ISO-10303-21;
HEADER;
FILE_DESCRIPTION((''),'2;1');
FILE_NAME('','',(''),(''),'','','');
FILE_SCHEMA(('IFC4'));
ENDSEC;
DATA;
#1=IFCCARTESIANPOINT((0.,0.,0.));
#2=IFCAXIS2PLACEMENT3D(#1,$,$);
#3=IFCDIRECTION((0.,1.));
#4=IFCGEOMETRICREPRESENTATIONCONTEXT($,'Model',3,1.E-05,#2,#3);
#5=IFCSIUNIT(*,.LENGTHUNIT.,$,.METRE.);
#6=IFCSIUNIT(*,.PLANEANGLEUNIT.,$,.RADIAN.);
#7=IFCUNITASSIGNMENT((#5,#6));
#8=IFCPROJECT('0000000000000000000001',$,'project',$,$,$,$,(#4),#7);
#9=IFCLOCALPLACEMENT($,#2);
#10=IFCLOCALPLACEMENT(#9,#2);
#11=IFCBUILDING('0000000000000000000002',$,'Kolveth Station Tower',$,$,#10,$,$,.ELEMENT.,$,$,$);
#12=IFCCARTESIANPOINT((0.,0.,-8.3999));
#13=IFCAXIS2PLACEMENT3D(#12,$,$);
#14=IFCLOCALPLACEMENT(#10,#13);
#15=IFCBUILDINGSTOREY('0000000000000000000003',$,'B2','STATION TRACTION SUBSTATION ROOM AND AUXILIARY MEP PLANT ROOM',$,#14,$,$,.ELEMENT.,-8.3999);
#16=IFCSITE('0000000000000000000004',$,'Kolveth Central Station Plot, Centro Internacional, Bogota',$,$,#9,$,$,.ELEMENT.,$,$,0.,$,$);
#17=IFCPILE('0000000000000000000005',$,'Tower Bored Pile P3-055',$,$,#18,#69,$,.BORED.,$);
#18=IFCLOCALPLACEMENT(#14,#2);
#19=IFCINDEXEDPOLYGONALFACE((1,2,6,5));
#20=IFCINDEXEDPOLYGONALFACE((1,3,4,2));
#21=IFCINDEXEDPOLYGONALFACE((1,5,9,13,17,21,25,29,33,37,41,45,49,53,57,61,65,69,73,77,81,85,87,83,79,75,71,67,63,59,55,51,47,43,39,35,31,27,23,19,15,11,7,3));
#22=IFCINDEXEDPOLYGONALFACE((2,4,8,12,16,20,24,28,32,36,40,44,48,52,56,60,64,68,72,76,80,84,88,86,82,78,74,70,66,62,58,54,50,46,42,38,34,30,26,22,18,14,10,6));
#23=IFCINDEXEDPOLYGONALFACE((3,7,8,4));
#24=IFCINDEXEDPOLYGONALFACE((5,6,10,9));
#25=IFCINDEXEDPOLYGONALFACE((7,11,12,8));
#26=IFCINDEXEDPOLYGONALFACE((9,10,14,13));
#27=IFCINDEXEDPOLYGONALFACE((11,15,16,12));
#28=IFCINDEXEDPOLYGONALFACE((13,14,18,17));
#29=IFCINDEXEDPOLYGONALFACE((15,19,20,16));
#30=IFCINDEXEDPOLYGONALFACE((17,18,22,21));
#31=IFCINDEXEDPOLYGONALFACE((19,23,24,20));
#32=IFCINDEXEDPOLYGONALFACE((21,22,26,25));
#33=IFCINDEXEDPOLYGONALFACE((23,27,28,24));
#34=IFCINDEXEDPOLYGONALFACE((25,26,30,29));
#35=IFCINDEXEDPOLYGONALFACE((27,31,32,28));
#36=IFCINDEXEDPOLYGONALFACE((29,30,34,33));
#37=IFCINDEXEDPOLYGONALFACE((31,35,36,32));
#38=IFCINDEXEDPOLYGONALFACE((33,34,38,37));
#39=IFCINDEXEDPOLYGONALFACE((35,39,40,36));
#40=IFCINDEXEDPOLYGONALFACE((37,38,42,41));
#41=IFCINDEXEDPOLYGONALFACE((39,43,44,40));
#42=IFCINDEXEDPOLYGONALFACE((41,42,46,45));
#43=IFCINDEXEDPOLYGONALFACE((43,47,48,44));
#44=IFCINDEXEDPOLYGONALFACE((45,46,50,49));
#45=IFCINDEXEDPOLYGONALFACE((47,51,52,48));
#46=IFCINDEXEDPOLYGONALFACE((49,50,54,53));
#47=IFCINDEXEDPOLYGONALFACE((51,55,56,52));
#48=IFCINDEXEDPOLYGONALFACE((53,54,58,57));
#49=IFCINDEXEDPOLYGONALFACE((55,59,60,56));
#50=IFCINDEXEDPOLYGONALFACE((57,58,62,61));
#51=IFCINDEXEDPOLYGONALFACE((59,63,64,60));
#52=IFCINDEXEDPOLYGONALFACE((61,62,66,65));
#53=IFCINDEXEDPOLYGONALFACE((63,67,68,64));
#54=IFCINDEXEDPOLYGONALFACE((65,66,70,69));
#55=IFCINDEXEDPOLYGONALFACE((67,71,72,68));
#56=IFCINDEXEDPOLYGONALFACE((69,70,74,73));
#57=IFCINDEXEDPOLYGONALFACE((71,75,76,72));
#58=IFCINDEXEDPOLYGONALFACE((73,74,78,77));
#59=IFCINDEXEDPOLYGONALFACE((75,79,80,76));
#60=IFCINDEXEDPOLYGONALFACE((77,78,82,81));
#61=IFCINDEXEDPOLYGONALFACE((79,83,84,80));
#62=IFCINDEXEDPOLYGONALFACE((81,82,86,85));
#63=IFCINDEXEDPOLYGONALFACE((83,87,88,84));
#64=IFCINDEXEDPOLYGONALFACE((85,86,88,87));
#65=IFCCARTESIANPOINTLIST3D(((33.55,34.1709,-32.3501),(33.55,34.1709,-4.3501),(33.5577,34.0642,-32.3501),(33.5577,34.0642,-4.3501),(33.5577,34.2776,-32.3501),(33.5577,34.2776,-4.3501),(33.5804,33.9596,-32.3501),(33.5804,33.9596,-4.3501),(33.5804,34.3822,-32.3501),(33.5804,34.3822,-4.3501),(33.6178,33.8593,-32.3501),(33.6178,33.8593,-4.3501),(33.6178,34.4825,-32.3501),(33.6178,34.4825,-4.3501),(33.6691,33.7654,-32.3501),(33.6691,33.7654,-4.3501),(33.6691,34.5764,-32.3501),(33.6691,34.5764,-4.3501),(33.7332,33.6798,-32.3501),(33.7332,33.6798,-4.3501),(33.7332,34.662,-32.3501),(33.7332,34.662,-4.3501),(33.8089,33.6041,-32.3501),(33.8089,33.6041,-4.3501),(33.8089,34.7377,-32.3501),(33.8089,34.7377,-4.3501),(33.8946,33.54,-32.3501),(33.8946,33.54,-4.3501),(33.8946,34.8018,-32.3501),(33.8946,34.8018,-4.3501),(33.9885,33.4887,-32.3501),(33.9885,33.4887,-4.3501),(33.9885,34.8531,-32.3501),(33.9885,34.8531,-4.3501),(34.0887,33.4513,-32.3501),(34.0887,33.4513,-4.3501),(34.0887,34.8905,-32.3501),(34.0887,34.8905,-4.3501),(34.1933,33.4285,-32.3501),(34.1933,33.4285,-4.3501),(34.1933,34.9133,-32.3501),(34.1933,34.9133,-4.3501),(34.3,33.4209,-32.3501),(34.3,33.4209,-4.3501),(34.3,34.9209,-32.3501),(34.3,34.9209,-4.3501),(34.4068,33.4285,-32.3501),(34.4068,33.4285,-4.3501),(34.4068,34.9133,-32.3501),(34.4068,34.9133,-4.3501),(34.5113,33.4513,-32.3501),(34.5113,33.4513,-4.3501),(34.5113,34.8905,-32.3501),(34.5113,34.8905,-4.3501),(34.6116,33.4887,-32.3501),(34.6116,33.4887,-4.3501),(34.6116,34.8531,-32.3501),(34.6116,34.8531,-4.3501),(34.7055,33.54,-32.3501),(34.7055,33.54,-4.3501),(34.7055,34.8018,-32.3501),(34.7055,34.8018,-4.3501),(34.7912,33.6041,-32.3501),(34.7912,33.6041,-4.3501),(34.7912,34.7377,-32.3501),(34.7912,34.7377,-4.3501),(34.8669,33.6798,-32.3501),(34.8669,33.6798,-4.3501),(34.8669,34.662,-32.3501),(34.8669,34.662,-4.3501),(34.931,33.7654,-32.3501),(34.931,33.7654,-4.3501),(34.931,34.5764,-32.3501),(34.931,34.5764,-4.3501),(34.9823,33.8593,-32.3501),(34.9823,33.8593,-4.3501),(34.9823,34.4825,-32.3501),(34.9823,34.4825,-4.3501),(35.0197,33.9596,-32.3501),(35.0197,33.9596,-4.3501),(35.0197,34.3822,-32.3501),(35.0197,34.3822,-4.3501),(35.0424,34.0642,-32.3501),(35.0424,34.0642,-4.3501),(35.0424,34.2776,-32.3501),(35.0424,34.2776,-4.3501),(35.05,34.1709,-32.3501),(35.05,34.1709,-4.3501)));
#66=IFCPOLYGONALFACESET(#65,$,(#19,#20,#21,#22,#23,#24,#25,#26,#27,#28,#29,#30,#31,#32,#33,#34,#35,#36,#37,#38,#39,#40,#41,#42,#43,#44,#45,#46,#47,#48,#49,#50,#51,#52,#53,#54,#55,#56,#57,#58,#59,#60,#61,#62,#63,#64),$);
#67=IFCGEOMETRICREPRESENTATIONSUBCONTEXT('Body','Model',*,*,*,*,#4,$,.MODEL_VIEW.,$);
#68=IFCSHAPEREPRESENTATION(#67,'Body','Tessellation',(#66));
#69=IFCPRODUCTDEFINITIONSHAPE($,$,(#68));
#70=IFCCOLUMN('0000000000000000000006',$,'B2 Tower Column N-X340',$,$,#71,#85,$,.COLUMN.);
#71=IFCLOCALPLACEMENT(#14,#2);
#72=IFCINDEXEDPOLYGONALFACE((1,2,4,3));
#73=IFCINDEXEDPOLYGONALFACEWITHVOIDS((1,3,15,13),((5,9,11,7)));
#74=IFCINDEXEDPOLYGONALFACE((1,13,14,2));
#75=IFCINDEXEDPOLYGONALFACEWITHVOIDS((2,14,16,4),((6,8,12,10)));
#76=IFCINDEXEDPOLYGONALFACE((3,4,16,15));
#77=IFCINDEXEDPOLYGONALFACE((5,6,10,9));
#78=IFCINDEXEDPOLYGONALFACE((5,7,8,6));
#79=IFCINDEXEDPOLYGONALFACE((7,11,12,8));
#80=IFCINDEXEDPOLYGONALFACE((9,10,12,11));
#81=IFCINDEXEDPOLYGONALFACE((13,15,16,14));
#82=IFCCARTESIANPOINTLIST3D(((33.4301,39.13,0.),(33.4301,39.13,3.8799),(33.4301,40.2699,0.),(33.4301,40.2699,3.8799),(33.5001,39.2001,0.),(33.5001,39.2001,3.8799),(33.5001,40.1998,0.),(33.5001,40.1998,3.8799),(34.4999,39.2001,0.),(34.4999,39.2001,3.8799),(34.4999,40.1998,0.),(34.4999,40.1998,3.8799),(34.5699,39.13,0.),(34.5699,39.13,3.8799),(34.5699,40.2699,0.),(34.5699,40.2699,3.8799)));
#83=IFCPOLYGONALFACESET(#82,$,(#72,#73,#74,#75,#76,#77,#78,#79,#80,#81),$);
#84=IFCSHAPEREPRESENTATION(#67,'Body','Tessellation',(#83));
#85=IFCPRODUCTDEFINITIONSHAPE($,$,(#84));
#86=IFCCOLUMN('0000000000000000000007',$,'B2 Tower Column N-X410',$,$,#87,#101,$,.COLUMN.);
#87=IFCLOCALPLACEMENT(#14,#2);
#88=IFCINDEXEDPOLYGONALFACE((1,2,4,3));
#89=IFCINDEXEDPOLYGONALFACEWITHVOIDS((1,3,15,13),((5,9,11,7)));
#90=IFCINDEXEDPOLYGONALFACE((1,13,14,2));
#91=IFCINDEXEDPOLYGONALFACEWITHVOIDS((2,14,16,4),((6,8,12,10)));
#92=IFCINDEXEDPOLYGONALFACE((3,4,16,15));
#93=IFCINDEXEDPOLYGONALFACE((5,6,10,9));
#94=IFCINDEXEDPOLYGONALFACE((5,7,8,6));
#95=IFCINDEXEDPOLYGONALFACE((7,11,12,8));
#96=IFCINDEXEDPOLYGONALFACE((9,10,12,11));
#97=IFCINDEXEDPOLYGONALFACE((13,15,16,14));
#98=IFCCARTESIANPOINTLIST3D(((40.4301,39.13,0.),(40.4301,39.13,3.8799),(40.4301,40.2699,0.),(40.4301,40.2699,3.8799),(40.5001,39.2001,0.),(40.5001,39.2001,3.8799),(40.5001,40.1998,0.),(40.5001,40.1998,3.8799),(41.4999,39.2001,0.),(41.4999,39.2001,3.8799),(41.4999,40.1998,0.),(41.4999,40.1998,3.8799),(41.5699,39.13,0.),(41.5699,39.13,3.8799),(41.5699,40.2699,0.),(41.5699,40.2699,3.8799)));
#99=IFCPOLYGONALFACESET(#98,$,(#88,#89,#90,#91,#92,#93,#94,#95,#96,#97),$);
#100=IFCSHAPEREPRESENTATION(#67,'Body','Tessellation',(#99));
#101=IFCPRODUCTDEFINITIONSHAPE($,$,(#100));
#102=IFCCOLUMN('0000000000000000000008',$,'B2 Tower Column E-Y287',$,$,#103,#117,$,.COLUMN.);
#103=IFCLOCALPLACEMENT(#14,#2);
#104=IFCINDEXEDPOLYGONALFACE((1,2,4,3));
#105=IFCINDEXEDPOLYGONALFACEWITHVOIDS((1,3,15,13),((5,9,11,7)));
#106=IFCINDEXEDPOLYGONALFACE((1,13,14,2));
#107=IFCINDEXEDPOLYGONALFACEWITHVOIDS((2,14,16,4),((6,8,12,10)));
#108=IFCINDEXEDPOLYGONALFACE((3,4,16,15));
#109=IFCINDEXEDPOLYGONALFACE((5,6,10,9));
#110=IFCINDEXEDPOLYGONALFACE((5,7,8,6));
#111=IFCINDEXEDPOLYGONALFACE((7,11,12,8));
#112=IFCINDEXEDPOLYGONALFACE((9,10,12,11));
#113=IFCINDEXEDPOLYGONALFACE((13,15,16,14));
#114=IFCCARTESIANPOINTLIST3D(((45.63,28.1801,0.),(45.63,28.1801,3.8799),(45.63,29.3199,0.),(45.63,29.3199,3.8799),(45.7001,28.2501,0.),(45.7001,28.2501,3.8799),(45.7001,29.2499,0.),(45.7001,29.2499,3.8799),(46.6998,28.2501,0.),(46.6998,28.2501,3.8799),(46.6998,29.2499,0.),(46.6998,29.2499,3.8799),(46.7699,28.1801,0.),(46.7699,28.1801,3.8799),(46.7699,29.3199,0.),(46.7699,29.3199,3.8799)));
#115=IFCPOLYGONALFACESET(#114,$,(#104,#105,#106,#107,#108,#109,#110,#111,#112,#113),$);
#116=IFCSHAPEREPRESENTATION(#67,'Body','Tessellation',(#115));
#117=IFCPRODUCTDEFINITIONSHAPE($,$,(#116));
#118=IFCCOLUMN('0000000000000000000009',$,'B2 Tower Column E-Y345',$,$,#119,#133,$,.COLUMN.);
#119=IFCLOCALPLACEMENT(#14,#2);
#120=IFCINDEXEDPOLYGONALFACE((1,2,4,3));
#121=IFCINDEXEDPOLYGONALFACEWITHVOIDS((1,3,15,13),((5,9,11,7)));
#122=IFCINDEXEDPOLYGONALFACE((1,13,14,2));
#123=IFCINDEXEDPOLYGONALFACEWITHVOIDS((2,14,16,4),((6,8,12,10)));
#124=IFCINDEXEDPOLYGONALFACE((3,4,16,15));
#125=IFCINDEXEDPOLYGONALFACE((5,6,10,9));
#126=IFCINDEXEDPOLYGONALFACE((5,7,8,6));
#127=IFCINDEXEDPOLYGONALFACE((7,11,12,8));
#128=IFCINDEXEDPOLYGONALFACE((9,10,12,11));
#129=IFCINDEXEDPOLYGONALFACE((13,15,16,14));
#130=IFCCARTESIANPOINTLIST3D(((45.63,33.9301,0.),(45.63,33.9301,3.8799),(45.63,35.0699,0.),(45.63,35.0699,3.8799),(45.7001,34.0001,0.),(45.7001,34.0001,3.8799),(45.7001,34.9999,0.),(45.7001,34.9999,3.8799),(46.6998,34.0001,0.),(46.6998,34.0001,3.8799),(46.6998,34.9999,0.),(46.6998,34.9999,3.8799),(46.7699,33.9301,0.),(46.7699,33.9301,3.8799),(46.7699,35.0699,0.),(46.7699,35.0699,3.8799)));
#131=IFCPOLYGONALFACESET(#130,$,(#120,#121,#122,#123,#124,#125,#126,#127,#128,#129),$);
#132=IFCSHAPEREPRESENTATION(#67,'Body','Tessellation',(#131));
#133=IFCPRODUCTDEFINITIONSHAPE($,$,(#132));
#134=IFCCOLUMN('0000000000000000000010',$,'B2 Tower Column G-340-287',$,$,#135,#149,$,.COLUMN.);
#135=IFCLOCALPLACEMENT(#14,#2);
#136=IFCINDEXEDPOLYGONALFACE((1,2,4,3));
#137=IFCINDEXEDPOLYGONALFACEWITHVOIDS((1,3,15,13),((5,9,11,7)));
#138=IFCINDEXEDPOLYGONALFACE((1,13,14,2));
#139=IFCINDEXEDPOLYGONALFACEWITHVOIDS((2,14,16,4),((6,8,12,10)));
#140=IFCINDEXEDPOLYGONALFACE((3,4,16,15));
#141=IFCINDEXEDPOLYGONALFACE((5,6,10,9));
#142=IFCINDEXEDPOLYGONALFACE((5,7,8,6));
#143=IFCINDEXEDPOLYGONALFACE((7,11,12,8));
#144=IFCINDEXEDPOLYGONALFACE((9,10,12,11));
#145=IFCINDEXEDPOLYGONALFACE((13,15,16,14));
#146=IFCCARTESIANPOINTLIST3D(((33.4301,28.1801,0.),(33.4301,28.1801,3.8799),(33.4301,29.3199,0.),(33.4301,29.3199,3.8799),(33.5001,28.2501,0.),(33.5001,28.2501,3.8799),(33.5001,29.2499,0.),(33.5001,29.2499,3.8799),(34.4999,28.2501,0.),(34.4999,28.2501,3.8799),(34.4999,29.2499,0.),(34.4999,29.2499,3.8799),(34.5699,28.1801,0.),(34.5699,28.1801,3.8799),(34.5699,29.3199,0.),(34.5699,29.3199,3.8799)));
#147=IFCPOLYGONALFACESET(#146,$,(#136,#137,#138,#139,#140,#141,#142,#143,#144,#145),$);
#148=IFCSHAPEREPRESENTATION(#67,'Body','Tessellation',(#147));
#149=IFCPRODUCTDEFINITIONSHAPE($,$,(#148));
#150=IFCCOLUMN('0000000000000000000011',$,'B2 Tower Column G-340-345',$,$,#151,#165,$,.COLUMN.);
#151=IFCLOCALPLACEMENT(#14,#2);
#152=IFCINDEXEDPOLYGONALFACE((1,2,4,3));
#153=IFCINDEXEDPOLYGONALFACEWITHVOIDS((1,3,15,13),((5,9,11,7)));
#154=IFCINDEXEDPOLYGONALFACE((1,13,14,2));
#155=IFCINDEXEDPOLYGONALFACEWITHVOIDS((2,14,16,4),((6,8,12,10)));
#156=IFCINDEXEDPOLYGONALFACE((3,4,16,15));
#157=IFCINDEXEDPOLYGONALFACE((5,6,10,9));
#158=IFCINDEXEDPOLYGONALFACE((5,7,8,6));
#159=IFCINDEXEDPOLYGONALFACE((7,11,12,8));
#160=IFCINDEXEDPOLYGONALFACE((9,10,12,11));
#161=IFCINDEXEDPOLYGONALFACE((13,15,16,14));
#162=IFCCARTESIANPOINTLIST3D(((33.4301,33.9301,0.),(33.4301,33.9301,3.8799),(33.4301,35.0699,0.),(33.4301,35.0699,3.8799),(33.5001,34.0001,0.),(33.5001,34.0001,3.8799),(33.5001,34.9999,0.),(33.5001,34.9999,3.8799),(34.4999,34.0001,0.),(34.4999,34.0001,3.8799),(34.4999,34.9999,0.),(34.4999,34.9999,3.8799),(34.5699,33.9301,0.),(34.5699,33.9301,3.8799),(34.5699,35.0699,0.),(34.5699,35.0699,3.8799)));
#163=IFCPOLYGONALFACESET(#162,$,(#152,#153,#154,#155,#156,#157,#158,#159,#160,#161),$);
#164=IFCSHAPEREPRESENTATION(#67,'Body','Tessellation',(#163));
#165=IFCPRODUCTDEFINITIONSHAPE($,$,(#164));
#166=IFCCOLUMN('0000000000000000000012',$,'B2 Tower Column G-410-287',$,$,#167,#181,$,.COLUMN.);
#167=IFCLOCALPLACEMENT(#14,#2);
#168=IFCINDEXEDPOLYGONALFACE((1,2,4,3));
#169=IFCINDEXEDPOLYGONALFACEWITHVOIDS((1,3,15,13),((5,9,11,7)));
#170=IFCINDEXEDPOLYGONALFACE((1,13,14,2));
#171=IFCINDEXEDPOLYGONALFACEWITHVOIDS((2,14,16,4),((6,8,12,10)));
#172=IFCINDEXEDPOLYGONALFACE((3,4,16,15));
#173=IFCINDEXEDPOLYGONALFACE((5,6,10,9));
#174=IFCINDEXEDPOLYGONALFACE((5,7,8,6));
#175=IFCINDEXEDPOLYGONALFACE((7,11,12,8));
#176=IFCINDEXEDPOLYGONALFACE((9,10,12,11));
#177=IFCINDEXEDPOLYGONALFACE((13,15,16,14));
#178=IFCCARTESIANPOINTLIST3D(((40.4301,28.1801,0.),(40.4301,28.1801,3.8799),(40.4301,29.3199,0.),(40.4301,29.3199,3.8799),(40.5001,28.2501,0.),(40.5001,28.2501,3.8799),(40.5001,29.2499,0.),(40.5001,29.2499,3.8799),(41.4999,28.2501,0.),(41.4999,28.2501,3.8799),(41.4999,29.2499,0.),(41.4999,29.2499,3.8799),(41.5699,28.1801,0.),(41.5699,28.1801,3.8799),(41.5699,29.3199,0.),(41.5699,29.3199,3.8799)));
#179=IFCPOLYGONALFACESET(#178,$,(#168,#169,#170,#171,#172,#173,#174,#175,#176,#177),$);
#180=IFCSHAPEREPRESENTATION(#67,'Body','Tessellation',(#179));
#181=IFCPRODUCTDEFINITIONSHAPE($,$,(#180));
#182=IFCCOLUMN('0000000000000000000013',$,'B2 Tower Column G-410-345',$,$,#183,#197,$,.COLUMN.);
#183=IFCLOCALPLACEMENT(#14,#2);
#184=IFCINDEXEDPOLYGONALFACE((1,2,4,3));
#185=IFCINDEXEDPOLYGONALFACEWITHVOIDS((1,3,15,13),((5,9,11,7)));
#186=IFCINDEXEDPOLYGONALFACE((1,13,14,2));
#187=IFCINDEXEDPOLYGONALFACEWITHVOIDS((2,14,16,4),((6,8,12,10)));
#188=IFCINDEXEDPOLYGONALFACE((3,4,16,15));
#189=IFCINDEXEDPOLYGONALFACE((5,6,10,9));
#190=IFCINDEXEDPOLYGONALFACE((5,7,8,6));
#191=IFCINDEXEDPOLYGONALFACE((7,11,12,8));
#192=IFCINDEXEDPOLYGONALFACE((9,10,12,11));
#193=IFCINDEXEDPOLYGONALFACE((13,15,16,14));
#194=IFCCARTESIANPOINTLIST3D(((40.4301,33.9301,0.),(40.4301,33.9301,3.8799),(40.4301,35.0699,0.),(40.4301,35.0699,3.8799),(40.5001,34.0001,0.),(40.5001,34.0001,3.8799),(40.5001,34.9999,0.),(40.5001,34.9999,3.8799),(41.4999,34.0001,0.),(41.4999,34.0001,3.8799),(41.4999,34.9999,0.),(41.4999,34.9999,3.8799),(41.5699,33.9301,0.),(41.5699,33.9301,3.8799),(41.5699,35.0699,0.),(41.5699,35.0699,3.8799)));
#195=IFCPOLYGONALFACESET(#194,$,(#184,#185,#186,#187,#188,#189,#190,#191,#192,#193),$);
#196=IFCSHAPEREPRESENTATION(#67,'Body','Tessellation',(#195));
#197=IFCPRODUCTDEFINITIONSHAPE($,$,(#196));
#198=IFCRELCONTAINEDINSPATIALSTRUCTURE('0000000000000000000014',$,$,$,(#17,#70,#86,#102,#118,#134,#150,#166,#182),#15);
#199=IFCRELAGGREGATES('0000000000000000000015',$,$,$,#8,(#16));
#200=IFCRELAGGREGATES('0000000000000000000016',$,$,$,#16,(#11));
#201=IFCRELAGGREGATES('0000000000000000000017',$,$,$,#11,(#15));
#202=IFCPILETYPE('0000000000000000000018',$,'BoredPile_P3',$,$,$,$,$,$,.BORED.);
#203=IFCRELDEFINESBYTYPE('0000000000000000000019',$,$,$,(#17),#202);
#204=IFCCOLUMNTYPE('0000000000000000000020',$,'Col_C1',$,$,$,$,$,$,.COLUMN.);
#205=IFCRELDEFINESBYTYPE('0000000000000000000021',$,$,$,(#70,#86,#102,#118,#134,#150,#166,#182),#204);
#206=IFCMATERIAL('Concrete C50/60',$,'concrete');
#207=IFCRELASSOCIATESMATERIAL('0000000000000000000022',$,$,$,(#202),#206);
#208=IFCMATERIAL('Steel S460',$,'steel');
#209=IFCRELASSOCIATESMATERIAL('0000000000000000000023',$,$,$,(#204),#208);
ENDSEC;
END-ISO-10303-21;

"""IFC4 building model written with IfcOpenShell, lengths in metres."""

from ifc_helpers import new_model, si_unit, direction, frame, origin, origin_2d, place, context, subcontext, project, spatial, hollow_rectangle, circle, extrude, source, transform, mapped, material, material_profile, profile_set, type_object, element, save


model = new_model("IFC4")

# Units and contexts
model_context = context("Model", 3, precision=1e-05, world=origin(), true_north=direction((0.0, 1.0)))
body_context = subcontext(model_context, "Body", "Model", "MODEL_VIEW")
ifc_project = project(units=[si_unit("LENGTHUNIT", "METRE"), si_unit("PLANEANGLEUNIT", "RADIAN")], contexts=[model_context])

# Site, building, storey
site_placement = place(None, origin())
site = spatial("IfcSite", under=ifc_project, at=site_placement, Name="Kolveth Central Station Plot, Centro Internacional, Bogota", CompositionType="ELEMENT", RefElevation=0.0)
building_placement = place(site_placement, origin())
building = spatial("IfcBuilding", under=site, at=building_placement, Name="Kolveth Station Tower", CompositionType="ELEMENT")
storey_placement = place(building_placement, frame((0.0, 0.0, -8.3999)))
storey = spatial("IfcBuildingStorey", under=building, at=storey_placement, Name="B2", Description="STATION TRACTION SUBSTATION ROOM AND AUXILIARY MEP PLANT ROOM", CompositionType="ELEMENT", Elevation=-8.3999)

# Pile
ifc_material_1 = material(Name="Concrete C50/60", Category="concrete")
ifc_material_profile_1 = material_profile(ifc_material_1, circle(Radius=0.75, at=origin_2d()), Name="PILE-D1500")
ifc_profile_set_1 = profile_set([ifc_material_profile_1], Name="Concrete C50/60")
pile_type_1 = type_object("IfcPileType", Name="BoredPile_P3", PredefinedType="BORED", material=ifc_profile_set_1)
shared_shape_1 = source(origin(), body_context, "Body", "SweptSolid", [
    extrude(circle(Radius=0.75, at=origin_2d()), origin(), (0.0, 0.0, 1.0), 28.0),
])
pile_placement = place(storey_placement, frame((34.3, 34.1709, -4.3501), z_axis=(0.0, 0.0, -1.0), x_axis=(1.0, 0.0, 0.0)))
element("IfcPile", 1, at=pile_placement, inside=storey, type_object=pile_type_1, Name="Tower Bored Pile P3-055", PredefinedType="BORED", context=body_context, shape_type="MappedRepresentation", body=[
    mapped(shared_shape_1, transform((0.0, 0.0, 0.0), x_axis=(1.0, 0.0, 0.0), y_axis=(0.0, 1.0, 0.0), z_axis=(0.0, 0.0, 1.0), scale=1.0)),
])

# Columns
ifc_material_2 = material(Name="Steel S460", Category="steel")
ifc_material_profile_2 = material_profile(ifc_material_2, hollow_rectangle(XDim=1.1399, YDim=1.1399, WallThickness=0.0701, at=origin_2d()), Name="BOX1140x1140x70")
ifc_profile_set_2 = profile_set([ifc_material_profile_2], Name="Steel S460")
column_type_1 = type_object("IfcColumnType", Name="Col_C1", PredefinedType="COLUMN", material=ifc_profile_set_2)
shared_shape_2 = source(origin(), body_context, "Body", "SweptSolid", [
    extrude(hollow_rectangle(XDim=1.1399, YDim=1.1399, WallThickness=0.0701, at=origin_2d()), origin(), (0.0, 0.0, 1.0), 3.8799),
])
for number, where, z_axis, x_axis, name in (
    (2, (34.0, 39.7, 0.0), (0.0, 0.0, 1.0), (1.0, 0.0, 0.0), "B2 Tower Column N-X340"),
    (3, (41.0, 39.7, 0.0), (0.0, 0.0, 1.0), (1.0, 0.0, 0.0), "B2 Tower Column N-X410"),
    (4, (46.2, 28.75, 0.0), (0.0, 0.0, 1.0), (1.0, 0.0, 0.0), "B2 Tower Column E-Y287"),
    (5, (46.2, 34.5, 0.0), (0.0, 0.0, 1.0), (1.0, 0.0, 0.0), "B2 Tower Column E-Y345"),
    (6, (34.0, 28.75, 0.0), (0.0, 0.0, 1.0), (1.0, 0.0, 0.0), "B2 Tower Column G-340-287"),
    (7, (34.0, 34.5, 0.0), (0.0, 0.0, 1.0), (1.0, 0.0, 0.0), "B2 Tower Column G-340-345"),
    (8, (41.0, 28.75, 0.0), (0.0, 0.0, 1.0), (1.0, 0.0, 0.0), "B2 Tower Column G-410-287"),
    (9, (41.0, 34.5, 0.0), (0.0, 0.0, 1.0), (1.0, 0.0, 0.0), "B2 Tower Column G-410-345"),
):
    element("IfcColumn", number, at=place(storey_placement, frame(where, z_axis=z_axis, x_axis=x_axis)), inside=storey, type_object=column_type_1, Name=name, PredefinedType="COLUMN", context=body_context, shape_type="MappedRepresentation", body=[
        mapped(shared_shape_2, transform((0.0, 0.0, 0.0), x_axis=(1.0, 0.0, 0.0), y_axis=(0.0, 1.0, 0.0), z_axis=(0.0, 0.0, 1.0), scale=1.0)),
    ])

save(model, "model.ifc")
